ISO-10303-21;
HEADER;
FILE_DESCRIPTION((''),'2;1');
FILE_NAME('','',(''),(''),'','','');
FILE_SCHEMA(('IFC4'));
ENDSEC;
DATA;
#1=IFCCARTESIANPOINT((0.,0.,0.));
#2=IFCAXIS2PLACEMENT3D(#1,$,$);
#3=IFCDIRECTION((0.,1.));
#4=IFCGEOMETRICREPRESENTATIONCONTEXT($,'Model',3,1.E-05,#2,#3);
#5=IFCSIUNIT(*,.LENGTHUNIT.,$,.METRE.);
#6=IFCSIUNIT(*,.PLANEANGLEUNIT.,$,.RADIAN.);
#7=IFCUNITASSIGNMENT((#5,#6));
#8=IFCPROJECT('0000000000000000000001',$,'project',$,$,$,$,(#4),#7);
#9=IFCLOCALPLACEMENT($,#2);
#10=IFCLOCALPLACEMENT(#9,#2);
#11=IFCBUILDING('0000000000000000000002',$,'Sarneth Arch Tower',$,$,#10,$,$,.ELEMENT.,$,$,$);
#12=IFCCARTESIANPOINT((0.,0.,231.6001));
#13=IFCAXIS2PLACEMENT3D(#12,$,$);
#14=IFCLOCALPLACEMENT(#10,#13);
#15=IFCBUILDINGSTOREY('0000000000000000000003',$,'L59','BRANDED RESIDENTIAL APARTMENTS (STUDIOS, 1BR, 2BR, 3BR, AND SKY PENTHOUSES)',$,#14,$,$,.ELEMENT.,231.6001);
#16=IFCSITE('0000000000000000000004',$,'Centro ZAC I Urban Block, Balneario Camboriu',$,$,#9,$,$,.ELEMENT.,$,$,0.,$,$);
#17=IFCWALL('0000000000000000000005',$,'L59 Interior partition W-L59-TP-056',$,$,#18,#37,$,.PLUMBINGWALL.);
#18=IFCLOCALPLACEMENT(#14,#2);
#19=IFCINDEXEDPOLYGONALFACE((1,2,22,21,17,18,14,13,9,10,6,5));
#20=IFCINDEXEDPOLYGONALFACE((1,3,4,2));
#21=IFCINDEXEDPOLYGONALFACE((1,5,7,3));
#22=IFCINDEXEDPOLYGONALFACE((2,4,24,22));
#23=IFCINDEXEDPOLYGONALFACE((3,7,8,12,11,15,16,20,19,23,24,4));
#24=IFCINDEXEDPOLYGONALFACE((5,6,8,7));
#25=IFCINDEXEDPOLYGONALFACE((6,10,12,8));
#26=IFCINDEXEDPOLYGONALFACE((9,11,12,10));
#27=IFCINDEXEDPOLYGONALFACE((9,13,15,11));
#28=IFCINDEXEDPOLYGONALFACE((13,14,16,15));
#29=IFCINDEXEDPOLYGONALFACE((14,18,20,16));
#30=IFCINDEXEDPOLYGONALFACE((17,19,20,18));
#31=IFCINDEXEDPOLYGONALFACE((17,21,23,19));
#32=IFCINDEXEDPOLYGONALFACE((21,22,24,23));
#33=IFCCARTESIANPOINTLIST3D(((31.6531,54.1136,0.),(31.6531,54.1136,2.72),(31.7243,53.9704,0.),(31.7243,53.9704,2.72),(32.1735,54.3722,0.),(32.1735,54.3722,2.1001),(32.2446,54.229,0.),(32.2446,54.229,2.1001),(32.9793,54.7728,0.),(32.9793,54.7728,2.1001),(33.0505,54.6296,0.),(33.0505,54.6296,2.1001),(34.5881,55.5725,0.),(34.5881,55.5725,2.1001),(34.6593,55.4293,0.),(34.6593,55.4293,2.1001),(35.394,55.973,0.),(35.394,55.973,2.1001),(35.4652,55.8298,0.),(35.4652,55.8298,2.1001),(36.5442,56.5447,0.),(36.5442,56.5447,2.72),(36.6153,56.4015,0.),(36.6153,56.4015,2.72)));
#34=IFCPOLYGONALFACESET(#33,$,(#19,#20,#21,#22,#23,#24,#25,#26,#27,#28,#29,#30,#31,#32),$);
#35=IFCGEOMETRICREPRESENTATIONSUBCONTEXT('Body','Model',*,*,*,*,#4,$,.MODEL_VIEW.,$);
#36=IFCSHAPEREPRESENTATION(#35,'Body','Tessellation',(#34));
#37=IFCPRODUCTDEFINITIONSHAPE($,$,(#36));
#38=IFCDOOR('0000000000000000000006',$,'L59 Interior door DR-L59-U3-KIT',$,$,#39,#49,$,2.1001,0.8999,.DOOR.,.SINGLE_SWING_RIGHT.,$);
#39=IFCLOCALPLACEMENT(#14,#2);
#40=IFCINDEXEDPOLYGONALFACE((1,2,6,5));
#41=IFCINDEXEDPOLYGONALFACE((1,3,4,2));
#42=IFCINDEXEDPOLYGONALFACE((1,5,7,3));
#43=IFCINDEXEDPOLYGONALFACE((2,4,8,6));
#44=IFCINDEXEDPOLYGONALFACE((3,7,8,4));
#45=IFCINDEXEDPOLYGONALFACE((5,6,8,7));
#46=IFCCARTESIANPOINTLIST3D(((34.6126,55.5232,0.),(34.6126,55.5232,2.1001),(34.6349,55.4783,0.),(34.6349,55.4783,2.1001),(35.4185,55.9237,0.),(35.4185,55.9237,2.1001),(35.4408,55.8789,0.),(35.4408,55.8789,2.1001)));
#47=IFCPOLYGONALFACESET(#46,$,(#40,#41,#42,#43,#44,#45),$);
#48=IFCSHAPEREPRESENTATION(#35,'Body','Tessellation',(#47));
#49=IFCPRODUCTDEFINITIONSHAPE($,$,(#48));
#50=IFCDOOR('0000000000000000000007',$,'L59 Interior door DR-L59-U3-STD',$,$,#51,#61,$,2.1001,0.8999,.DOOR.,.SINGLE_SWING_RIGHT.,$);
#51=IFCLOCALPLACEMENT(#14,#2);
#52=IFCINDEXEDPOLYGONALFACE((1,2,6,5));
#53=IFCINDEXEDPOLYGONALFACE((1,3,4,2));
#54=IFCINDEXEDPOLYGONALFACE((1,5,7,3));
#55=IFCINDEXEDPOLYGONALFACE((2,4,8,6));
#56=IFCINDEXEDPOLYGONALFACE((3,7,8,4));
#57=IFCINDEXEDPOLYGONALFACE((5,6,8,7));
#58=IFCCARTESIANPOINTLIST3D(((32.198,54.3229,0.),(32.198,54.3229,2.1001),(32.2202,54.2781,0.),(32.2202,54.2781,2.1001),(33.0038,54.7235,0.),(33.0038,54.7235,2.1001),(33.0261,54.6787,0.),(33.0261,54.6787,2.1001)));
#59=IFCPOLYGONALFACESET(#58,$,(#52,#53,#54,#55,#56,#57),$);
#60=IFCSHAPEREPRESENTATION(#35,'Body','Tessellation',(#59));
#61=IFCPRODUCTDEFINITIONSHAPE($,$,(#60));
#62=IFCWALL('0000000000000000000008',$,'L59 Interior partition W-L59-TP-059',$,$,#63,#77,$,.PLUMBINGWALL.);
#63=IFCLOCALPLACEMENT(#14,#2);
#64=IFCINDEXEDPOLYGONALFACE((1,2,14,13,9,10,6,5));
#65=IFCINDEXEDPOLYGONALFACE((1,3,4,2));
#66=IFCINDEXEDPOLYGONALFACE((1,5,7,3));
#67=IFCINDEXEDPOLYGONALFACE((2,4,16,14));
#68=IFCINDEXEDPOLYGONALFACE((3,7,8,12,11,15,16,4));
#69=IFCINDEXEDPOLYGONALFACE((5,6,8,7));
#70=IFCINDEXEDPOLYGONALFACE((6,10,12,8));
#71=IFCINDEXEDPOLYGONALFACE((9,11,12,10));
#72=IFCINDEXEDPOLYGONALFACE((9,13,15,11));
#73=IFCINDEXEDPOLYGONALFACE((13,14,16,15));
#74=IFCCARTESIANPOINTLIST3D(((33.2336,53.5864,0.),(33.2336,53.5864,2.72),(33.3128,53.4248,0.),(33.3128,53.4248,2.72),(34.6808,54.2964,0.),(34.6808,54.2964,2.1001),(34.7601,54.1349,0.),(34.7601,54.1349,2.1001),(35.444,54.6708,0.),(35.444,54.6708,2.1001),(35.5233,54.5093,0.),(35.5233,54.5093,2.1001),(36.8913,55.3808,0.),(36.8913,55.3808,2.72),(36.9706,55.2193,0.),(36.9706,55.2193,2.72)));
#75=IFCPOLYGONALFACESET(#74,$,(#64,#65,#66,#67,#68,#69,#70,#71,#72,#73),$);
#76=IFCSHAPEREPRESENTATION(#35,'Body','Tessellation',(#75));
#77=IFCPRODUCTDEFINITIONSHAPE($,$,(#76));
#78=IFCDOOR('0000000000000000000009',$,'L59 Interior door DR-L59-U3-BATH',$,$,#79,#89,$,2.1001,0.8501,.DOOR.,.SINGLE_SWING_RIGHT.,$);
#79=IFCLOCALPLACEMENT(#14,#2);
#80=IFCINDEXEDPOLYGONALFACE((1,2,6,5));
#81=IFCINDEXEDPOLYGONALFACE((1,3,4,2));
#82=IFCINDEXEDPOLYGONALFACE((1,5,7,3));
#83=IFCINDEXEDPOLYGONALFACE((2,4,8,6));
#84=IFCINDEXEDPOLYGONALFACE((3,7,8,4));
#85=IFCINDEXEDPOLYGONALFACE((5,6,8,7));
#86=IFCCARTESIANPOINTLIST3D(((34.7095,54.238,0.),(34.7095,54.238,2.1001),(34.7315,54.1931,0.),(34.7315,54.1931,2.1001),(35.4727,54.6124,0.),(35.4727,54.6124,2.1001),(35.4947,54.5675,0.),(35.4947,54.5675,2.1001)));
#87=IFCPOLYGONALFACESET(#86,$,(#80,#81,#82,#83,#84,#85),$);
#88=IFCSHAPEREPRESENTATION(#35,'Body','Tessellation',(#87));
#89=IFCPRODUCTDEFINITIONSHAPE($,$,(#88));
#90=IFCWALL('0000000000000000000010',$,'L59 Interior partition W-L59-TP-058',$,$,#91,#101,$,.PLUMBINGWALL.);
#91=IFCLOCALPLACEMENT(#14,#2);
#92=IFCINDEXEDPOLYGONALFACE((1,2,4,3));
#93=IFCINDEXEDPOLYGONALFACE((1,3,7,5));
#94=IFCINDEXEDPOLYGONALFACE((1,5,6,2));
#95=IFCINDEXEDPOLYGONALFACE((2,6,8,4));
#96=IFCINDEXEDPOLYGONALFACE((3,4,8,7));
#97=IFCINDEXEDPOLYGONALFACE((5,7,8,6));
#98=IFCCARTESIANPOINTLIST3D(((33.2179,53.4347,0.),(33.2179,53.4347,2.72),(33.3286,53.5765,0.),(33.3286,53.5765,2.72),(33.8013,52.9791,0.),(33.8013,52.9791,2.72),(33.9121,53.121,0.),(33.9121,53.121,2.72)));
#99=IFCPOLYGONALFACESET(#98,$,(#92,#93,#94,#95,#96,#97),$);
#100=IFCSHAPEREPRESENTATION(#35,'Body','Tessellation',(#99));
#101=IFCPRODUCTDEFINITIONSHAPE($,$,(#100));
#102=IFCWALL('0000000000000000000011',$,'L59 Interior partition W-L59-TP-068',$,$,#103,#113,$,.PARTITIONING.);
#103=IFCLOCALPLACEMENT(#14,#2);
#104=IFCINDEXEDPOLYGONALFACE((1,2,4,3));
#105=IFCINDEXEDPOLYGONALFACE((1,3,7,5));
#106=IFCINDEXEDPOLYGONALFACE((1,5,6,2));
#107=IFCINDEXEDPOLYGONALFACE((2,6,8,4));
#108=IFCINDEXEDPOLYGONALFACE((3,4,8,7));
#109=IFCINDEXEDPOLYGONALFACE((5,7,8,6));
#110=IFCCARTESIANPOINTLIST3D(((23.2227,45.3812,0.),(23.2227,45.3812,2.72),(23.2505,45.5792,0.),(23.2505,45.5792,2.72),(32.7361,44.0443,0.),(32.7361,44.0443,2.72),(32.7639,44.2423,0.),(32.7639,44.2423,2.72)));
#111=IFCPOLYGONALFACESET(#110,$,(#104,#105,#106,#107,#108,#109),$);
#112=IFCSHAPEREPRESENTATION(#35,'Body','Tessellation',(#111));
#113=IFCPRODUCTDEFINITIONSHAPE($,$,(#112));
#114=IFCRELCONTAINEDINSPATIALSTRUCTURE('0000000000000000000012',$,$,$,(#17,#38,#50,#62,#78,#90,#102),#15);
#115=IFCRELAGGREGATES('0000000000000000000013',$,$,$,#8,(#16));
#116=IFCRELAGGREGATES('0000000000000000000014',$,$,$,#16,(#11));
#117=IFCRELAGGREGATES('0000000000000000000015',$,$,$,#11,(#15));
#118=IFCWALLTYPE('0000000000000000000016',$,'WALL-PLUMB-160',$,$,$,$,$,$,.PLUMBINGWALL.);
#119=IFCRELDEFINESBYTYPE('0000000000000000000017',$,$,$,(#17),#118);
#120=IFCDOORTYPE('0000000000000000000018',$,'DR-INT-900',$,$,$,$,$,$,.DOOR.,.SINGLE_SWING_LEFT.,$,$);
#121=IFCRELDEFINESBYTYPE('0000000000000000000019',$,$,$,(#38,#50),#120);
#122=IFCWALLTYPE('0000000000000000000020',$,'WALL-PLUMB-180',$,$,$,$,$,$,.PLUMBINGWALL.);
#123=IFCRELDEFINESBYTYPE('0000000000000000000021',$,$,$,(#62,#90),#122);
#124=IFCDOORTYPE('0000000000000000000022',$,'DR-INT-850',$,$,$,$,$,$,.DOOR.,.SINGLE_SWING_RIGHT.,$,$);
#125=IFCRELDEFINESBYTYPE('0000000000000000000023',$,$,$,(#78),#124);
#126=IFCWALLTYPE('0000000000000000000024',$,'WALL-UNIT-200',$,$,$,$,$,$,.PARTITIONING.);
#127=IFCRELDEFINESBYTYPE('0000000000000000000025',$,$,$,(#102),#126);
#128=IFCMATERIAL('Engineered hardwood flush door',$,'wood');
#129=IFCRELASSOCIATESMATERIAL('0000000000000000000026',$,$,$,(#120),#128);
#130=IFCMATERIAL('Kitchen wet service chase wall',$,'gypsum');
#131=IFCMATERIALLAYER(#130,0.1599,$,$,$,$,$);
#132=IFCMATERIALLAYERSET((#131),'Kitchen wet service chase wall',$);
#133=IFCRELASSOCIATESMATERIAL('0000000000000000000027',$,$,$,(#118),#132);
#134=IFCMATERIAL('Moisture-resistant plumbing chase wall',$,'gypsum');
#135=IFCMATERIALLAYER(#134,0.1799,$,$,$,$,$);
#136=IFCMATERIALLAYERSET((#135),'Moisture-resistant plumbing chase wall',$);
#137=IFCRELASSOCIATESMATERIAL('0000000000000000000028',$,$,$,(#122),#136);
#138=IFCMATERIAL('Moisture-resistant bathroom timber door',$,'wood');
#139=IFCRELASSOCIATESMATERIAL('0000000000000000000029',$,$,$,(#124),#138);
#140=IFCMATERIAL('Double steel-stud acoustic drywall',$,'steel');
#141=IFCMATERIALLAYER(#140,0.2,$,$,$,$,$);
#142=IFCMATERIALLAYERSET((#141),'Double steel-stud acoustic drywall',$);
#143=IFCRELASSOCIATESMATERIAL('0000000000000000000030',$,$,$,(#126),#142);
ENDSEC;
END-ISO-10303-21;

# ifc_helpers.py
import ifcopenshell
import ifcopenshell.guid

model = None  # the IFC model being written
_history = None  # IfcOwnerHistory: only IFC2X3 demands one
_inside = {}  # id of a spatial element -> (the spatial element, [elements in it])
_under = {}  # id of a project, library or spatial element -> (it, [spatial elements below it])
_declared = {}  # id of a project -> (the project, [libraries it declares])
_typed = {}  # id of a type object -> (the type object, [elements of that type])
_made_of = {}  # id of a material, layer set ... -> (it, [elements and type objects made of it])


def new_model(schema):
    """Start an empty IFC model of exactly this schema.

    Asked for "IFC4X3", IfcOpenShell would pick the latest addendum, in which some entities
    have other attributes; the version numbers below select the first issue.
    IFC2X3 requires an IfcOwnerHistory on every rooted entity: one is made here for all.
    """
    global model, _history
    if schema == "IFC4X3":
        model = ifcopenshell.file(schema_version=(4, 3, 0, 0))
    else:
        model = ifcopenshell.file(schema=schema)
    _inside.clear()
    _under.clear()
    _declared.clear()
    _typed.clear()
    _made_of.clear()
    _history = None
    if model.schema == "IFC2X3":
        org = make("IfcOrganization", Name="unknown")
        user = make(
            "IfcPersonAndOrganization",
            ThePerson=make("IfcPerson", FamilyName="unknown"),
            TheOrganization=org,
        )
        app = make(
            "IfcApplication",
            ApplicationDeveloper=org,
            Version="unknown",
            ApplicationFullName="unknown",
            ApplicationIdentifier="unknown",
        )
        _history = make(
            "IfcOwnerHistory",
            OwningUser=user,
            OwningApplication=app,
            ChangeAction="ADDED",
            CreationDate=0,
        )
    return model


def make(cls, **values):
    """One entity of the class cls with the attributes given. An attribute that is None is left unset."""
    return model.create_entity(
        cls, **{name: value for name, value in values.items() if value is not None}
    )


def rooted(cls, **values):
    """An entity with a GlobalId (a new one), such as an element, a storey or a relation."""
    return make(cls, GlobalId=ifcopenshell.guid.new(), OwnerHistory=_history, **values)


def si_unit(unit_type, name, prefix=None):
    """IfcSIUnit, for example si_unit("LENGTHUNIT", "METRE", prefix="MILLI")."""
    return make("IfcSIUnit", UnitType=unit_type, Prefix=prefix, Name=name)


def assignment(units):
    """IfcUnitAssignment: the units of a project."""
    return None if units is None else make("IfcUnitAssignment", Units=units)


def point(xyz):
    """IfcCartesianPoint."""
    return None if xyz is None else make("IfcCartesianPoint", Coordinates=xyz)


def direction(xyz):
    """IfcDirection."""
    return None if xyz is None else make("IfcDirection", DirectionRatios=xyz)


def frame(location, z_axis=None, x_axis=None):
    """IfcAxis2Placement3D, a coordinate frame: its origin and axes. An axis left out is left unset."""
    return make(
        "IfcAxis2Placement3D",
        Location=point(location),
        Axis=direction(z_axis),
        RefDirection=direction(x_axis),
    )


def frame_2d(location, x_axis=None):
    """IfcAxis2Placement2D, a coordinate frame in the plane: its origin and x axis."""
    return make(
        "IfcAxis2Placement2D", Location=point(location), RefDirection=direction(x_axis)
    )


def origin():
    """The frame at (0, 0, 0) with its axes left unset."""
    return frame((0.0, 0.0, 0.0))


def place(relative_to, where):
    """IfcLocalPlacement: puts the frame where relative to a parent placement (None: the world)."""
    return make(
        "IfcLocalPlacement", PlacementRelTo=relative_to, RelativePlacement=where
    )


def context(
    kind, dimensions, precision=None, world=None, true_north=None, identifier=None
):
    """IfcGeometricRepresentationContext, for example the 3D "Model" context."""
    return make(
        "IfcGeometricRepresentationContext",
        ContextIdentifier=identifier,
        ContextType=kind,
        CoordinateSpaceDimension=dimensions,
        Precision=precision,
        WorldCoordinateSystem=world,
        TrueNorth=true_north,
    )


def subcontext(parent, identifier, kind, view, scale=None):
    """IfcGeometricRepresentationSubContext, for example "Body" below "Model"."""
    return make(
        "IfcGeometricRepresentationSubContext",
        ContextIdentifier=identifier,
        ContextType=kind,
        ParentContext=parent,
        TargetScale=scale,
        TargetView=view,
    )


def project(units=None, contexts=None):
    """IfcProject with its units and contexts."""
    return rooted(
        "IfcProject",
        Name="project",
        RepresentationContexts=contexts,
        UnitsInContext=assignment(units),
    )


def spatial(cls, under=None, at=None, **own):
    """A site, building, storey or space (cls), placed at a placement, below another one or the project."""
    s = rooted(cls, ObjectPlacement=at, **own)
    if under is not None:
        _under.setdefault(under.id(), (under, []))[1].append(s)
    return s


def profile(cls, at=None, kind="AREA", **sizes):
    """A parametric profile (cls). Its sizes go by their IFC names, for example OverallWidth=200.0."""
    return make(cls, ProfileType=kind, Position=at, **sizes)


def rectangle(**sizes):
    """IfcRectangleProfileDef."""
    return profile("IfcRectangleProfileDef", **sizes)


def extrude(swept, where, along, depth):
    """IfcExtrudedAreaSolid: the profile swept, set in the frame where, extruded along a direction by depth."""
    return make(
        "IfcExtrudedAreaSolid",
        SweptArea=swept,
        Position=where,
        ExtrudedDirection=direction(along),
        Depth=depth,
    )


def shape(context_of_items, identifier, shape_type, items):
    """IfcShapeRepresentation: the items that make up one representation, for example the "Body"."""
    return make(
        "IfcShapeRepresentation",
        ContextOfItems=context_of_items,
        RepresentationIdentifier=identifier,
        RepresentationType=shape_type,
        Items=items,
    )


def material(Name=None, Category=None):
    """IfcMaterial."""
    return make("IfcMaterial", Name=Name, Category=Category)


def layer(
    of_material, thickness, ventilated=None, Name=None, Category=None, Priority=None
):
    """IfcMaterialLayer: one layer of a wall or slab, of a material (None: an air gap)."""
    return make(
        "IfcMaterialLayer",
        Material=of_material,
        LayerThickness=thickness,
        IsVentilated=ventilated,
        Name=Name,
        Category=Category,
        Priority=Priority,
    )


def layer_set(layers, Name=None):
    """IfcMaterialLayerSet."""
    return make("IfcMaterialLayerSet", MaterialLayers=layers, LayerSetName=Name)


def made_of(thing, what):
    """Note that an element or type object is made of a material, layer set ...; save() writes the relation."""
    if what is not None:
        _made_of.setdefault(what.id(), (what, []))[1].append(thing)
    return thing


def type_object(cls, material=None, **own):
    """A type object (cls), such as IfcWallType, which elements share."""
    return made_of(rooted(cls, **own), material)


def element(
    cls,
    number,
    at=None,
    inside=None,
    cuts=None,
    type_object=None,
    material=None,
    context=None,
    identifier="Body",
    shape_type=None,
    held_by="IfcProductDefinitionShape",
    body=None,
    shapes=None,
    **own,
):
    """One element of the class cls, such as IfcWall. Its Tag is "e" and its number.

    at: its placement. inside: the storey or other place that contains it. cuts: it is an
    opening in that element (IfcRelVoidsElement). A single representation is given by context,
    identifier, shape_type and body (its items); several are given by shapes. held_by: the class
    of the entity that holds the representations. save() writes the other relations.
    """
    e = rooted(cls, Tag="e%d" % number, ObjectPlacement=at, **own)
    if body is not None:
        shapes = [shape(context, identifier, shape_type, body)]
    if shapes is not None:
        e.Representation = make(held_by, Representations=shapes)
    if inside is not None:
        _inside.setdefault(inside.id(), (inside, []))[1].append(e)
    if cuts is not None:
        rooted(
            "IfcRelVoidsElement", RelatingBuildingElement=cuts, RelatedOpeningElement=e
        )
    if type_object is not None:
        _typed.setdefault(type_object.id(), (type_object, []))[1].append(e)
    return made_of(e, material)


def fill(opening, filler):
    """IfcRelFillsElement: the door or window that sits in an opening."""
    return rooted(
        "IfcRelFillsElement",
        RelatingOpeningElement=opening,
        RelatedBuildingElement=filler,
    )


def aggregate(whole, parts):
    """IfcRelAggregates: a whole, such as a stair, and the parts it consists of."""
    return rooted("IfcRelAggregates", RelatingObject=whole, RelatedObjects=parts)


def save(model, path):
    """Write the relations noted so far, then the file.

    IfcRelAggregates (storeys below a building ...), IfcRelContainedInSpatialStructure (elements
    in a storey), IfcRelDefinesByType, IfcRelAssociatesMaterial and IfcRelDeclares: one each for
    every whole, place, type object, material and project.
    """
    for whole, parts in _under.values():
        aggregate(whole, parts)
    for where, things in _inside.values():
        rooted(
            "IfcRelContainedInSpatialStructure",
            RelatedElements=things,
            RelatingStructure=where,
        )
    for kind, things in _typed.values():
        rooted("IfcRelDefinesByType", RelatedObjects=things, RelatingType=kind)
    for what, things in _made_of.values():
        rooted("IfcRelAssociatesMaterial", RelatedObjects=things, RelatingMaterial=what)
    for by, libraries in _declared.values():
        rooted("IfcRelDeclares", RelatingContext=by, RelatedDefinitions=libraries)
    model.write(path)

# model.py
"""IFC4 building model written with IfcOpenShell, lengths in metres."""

from ifc_helpers import new_model, si_unit, direction, frame, frame_2d, origin, place, context, subcontext, project, spatial, rectangle, extrude, material, layer, layer_set, type_object, element, fill, save


model = new_model("IFC4")

# Units and contexts
model_context = context("Model", 3, precision=1e-05, world=origin(), true_north=direction((0.0, 1.0)))
body_context = subcontext(model_context, "Body", "Model", "MODEL_VIEW")
ifc_project = project(units=[si_unit("LENGTHUNIT", "METRE"), si_unit("PLANEANGLEUNIT", "RADIAN")], contexts=[model_context])

# Site, building, storey
site_placement = place(None, origin())
site = spatial("IfcSite", under=ifc_project, at=site_placement, Name="Centro ZAC I Urban Block, Balneario Camboriu", CompositionType="ELEMENT", RefElevation=0.0)
building_placement = place(site_placement, origin())
building = spatial("IfcBuilding", under=site, at=building_placement, Name="Sarneth Arch Tower", CompositionType="ELEMENT")
storey_placement = place(building_placement, frame((0.0, 0.0, 231.6001)))
storey = spatial("IfcBuildingStorey", under=building, at=storey_placement, Name="L59", Description="BRANDED RESIDENTIAL APARTMENTS (STUDIOS, 1BR, 2BR, 3BR, AND SKY PENTHOUSES)", CompositionType="ELEMENT", Elevation=231.6001)

# Shared definitions
ifc_material_1 = material(Name="Engineered hardwood flush door", Category="wood")
door_type_1 = type_object("IfcDoorType", Name="DR-INT-900", OperationType="SINGLE_SWING_LEFT", PredefinedType="DOOR", material=ifc_material_1)

# Shared definitions
ifc_material_2 = material(Name="Kitchen wet service chase wall", Category="gypsum")
ifc_layer_1 = layer(ifc_material_2, 0.1599)
ifc_layer_set_1 = layer_set([ifc_layer_1], Name="Kitchen wet service chase wall")
wall_type_1 = type_object("IfcWallType", Name="WALL-PLUMB-160", PredefinedType="PLUMBINGWALL", material=ifc_layer_set_1)

# Wall, openings, doors
wall_1_placement = place(storey_placement, frame((31.6887, 54.042, 0.0), z_axis=(0.0, 0.0, 1.0), x_axis=(0.89548, 0.445103, 0.0)))
wall_1 = element("IfcWall", 1, at=wall_1_placement, inside=storey, type_object=wall_type_1, Name="L59 Interior partition W-L59-TP-056", PredefinedType="PLUMBINGWALL", context=body_context, shape_type="SweptSolid", body=[
    extrude(rectangle(XDim=5.4619, YDim=0.1599, at=frame_2d((2.731, 0.0))), origin(), (0.0, 0.0, 1.0), 2.72),
])
opening_1_placement = place(wall_1_placement, frame((3.2776, 0.0, 0.0)))
opening_1 = element("IfcOpeningElement", 2, at=opening_1_placement, cuts=wall_1, PredefinedType="OPENING", context=body_context, shape_type="SweptSolid", body=[
    extrude(rectangle(XDim=0.8999, YDim=2.1001, at=frame_2d((0.45, 1.05))), frame((0.0, 0.0898, 0.0), z_axis=(0.0, -1.0, 0.0), x_axis=(1.0, 0.0, 0.0)), (0.0, 0.0, 1.0), 0.1799),
])
opening_2_placement = place(wall_1_placement, frame((0.5811, 0.0, 0.0)))
opening_2 = element("IfcOpeningElement", 3, at=opening_2_placement, cuts=wall_1, PredefinedType="OPENING", context=body_context, shape_type="SweptSolid", body=[
    extrude(rectangle(XDim=0.8999, YDim=2.1001, at=frame_2d((0.45, 1.05))), frame((0.0, 0.0898, 0.0), z_axis=(0.0, -1.0, 0.0), x_axis=(1.0, 0.0, 0.0)), (0.0, 0.0, 1.0), 0.1799),
])
door_1_placement = place(opening_1_placement, origin())
door_1 = element("IfcDoor", 4, at=door_1_placement, inside=storey, type_object=door_type_1, Name="L59 Interior door DR-L59-U3-KIT", OperationType="SINGLE_SWING_RIGHT", OverallHeight=2.1001, OverallWidth=0.8999, PredefinedType="DOOR", context=body_context, shape_type="SweptSolid", body=[
    extrude(rectangle(XDim=0.8999, YDim=2.1001, at=frame_2d((0.45, 1.05))), frame((0.0, 0.0249, 0.0), z_axis=(0.0, -1.0, 0.0), x_axis=(1.0, 0.0, 0.0)), (0.0, 0.0, 1.0), 0.05),
])
fill(opening_1, door_1)
door_2_placement = place(opening_2_placement, origin())
door_2 = element("IfcDoor", 5, at=door_2_placement, inside=storey, type_object=door_type_1, Name="L59 Interior door DR-L59-U3-STD", OperationType="SINGLE_SWING_RIGHT", OverallHeight=2.1001, OverallWidth=0.8999, PredefinedType="DOOR", context=body_context, shape_type="SweptSolid", body=[
    extrude(rectangle(XDim=0.8999, YDim=2.1001, at=frame_2d((0.45, 1.05))), frame((0.0, 0.0249, 0.0), z_axis=(0.0, -1.0, 0.0), x_axis=(1.0, 0.0, 0.0)), (0.0, 0.0, 1.0), 0.05),
])
fill(opening_2, door_2)

# Wall, opening, door
ifc_material_3 = material(Name="Moisture-resistant plumbing chase wall", Category="gypsum")
ifc_layer_2 = layer(ifc_material_3, 0.1799)
ifc_layer_set_2 = layer_set([ifc_layer_2], Name="Moisture-resistant plumbing chase wall")
wall_type_2 = type_object("IfcWallType", Name="WALL-PLUMB-180", PredefinedType="PLUMBINGWALL", material=ifc_layer_set_2)
wall_2_placement = place(storey_placement, frame((33.2732, 53.5056, 0.0), z_axis=(0.0, 0.0, 1.0), x_axis=(0.897781, 0.440441, 0.0)))
wall_2 = element("IfcWall", 6, at=wall_2_placement, inside=storey, type_object=wall_type_2, Name="L59 Interior partition W-L59-TP-059", PredefinedType="PLUMBINGWALL", context=body_context, shape_type="SweptSolid", body=[
    extrude(rectangle(XDim=4.0742, YDim=0.1799, at=frame_2d((2.0371, 0.0))), origin(), (0.0, 0.0, 1.0), 2.72),
])
opening_3_placement = place(wall_2_placement, frame((1.6121, 0.0, 0.0)))
opening_3 = element("IfcOpeningElement", 7, at=opening_3_placement, cuts=wall_2, PredefinedType="OPENING", context=body_context, shape_type="SweptSolid", body=[
    extrude(rectangle(XDim=0.8501, YDim=2.1001, at=frame_2d((0.425, 1.05))), frame((0.0, 0.0999, 0.0), z_axis=(0.0, -1.0, 0.0), x_axis=(1.0, 0.0, 0.0)), (0.0, 0.0, 1.0), 0.2),
])
ifc_material_4 = material(Name="Moisture-resistant bathroom timber door", Category="wood")
door_type_2 = type_object("IfcDoorType", Name="DR-INT-850", OperationType="SINGLE_SWING_RIGHT", PredefinedType="DOOR", material=ifc_material_4)
door_3_placement = place(opening_3_placement, origin())
door_3 = element("IfcDoor", 8, at=door_3_placement, inside=storey, type_object=door_type_2, Name="L59 Interior door DR-L59-U3-BATH", OperationType="SINGLE_SWING_RIGHT", OverallHeight=2.1001, OverallWidth=0.8501, PredefinedType="DOOR", context=body_context, shape_type="SweptSolid", body=[
    extrude(rectangle(XDim=0.8501, YDim=2.1001, at=frame_2d((0.425, 1.05))), frame((0.0, 0.0249, 0.0), z_axis=(0.0, -1.0, 0.0), x_axis=(1.0, 0.0, 0.0)), (0.0, 0.0, 1.0), 0.05),
])
fill(opening_3, door_3)

# Walls
wall_3_placement = place(storey_placement, frame((33.8567, 53.05, 0.0), z_axis=(0.0, 0.0, 1.0), x_axis=(-0.788214, 0.615401, 0.0)))
element("IfcWall", 9, at=wall_3_placement, inside=storey, type_object=wall_type_2, Name="L59 Interior partition W-L59-TP-058", PredefinedType="PLUMBINGWALL", context=body_context, shape_type="SweptSolid", body=[
    extrude(rectangle(XDim=0.7402, YDim=0.1799, at=frame_2d((0.3701, 0.0))), origin(), (0.0, 0.0, 1.0), 2.72),
])
ifc_material_5 = material(Name="Double steel-stud acoustic drywall", Category="steel")
ifc_layer_3 = layer(ifc_material_5, 0.2)
ifc_layer_set_3 = layer_set([ifc_layer_3], Name="Double steel-stud acoustic drywall")
wall_type_3 = type_object("IfcWallType", Name="WALL-UNIT-200", PredefinedType="PARTITIONING", material=ifc_layer_set_3)
wall_4_placement = place(storey_placement, frame((23.2366, 45.4802, 0.0), z_axis=(0.0, 0.0, 1.0), x_axis=(0.99027, -0.139162, 0.0)))
element("IfcWall", 10, at=wall_4_placement, inside=storey, type_object=wall_type_3, Name="L59 Interior partition W-L59-TP-068", PredefinedType="PARTITIONING", context=body_context, shape_type="SweptSolid", body=[
    extrude(rectangle(XDim=9.6069, YDim=0.2, at=frame_2d((4.8035, 0.0))), origin(), (0.0, 0.0, 1.0), 2.72),
])

save(model, "model.ifc")
